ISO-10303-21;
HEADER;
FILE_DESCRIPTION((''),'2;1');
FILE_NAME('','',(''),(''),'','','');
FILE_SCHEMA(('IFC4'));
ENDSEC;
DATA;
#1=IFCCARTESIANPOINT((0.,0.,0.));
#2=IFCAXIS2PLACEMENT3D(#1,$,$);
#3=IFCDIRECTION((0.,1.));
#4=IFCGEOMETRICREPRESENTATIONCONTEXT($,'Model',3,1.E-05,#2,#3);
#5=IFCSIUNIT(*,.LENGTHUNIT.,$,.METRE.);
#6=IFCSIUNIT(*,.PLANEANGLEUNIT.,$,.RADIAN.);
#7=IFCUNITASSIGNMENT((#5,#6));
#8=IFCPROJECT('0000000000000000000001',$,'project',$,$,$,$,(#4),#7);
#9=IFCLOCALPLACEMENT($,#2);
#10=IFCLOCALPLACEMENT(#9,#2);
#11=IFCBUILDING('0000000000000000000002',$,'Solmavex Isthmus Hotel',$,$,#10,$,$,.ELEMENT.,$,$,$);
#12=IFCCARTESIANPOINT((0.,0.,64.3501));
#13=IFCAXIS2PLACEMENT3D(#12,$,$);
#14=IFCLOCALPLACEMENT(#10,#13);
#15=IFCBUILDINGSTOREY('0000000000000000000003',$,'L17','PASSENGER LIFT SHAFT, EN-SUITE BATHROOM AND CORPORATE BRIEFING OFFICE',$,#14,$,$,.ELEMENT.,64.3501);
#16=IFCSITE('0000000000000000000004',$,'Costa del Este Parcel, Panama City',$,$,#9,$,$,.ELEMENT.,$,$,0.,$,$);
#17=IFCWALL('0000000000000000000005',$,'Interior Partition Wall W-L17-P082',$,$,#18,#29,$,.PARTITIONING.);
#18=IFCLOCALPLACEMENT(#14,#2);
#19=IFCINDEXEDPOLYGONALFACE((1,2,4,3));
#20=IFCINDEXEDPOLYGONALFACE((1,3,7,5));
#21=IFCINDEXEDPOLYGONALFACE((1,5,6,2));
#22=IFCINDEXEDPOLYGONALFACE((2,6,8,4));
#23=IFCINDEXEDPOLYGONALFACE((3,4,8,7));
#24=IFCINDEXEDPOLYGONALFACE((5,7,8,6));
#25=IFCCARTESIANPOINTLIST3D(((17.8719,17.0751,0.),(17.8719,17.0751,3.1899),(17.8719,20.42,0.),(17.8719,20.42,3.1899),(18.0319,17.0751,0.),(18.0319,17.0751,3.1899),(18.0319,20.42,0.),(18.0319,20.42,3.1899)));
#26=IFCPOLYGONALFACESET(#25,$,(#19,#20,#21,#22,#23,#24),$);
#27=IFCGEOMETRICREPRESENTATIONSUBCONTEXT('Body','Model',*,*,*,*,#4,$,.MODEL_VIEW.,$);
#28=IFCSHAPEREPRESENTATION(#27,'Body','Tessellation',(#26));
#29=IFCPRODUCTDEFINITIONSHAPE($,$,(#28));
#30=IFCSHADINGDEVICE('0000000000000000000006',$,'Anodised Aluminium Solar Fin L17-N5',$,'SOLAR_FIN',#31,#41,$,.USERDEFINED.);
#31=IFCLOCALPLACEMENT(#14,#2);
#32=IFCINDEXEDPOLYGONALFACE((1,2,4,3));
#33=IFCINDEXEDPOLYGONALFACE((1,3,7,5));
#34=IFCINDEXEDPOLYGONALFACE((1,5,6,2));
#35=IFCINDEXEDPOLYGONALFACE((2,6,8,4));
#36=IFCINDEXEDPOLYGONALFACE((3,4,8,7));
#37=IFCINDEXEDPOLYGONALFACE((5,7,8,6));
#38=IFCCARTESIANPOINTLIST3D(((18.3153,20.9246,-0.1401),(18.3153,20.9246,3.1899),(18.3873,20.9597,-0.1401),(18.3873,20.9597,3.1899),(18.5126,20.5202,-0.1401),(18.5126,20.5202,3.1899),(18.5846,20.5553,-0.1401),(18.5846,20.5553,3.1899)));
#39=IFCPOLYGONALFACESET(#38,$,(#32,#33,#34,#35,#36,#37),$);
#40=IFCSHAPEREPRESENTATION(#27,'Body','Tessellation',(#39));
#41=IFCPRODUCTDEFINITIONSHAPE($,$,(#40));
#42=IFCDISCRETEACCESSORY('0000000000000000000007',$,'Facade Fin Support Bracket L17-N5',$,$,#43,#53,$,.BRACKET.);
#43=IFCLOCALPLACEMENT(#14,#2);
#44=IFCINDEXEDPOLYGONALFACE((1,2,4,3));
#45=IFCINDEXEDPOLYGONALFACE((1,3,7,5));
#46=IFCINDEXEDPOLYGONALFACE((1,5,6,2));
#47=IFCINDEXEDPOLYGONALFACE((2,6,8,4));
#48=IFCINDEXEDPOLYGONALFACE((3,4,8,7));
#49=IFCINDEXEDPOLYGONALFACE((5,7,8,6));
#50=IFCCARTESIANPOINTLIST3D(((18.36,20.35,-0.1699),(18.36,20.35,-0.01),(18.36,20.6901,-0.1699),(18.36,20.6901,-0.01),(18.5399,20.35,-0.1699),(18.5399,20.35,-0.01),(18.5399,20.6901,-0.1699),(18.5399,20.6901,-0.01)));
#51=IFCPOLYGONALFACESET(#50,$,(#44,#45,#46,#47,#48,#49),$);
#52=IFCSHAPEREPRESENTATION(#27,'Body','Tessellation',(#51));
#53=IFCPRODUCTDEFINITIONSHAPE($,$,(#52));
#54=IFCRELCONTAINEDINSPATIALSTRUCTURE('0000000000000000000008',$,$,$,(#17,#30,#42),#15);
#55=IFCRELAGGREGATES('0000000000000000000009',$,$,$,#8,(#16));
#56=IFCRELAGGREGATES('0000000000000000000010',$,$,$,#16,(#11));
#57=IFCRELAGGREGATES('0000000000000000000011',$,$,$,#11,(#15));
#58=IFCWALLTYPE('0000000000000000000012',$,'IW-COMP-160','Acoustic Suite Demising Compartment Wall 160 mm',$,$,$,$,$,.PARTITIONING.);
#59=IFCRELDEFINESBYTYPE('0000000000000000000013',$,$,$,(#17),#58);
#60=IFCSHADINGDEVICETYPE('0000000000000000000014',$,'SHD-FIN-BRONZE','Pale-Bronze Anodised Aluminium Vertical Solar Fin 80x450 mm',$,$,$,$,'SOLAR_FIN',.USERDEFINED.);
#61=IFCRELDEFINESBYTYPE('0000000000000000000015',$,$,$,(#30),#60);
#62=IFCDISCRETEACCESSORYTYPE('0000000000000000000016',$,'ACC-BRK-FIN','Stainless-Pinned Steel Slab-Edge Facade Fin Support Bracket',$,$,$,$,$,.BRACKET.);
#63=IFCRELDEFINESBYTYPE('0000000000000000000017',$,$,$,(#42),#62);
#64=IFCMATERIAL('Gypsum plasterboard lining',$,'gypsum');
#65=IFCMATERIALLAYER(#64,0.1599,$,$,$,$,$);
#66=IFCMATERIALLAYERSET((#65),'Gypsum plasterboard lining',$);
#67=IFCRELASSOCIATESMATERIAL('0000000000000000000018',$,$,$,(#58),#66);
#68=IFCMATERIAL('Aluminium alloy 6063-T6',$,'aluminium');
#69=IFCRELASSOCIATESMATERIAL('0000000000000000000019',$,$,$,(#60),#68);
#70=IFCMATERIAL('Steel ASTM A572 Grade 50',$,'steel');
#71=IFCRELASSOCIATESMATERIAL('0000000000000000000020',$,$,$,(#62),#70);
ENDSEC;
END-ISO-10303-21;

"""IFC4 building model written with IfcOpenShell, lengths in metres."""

from ifc_helpers import new_model, si_unit, direction, frame, frame_2d, origin, origin_2d, place, context, subcontext, project, spatial, rectangle, extrude, material, layer, layer_set, type_object, element, save


model = new_model("IFC4")

# Units and contexts
model_context = context("Model", 3, precision=1e-05, world=origin(), true_north=direction((0.0, 1.0)))
body_context = subcontext(model_context, "Body", "Model", "MODEL_VIEW")
ifc_project = project(units=[si_unit("LENGTHUNIT", "METRE"), si_unit("PLANEANGLEUNIT", "RADIAN")], contexts=[model_context])

# Site, building, storey
site_placement = place(None, origin())
site = spatial("IfcSite", under=ifc_project, at=site_placement, Name="Costa del Este Parcel, Panama City", CompositionType="ELEMENT", RefElevation=0.0)
building_placement = place(site_placement, origin())
building = spatial("IfcBuilding", under=site, at=building_placement, Name="Solmavex Isthmus Hotel", CompositionType="ELEMENT")
storey_placement = place(building_placement, frame((0.0, 0.0, 64.3501)))
storey = spatial("IfcBuildingStorey", under=building, at=storey_placement, Name="L17", Description="PASSENGER LIFT SHAFT, EN-SUITE BATHROOM AND CORPORATE BRIEFING OFFICE", CompositionType="ELEMENT", Elevation=64.3501)

# Shared definitions
ifc_material_1 = material(Name="Aluminium alloy 6063-T6", Category="aluminium")

# Wall
ifc_material_2 = material(Name="Gypsum plasterboard lining", Category="gypsum")
ifc_layer_1 = layer(ifc_material_2, 0.1599)
ifc_layer_set_1 = layer_set([ifc_layer_1], Name="Gypsum plasterboard lining")
wall_type_1 = type_object("IfcWallType", Name="IW-COMP-160", Description="Acoustic Suite Demising Compartment Wall 160 mm", PredefinedType="PARTITIONING", material=ifc_layer_set_1)
wall_1_placement = place(storey_placement, frame((17.9519, 20.4199, 0.0), z_axis=(0.0, 0.0, 1.0), x_axis=(0.0, -1.0, 0.0)))
element("IfcWall", 1, at=wall_1_placement, inside=storey, type_object=wall_type_1, Name="Interior Partition Wall W-L17-P082", PredefinedType="PARTITIONING", context=body_context, shape_type="SweptSolid", body=[
    extrude(rectangle(XDim=3.345, YDim=0.1599, at=frame_2d((1.6724, 0.0))), origin(), (0.0, 0.0, 1.0), 3.1899),
])

# Shading device
shading_device_type = type_object("IfcShadingDeviceType", Name="SHD-FIN-BRONZE", Description="Pale-Bronze Anodised Aluminium Vertical Solar Fin 80x450 mm", ElementType="SOLAR_FIN", PredefinedType="USERDEFINED", material=ifc_material_1)
shading_device_placement = place(storey_placement, frame((18.45, 20.74, -0.1401), z_axis=(0.0, 0.0, 1.0), x_axis=(-0.438371, 0.898794, 0.0)))
element("IfcShadingDevice", 2, at=shading_device_placement, inside=storey, type_object=shading_device_type, Name="Anodised Aluminium Solar Fin L17-N5", ObjectType="SOLAR_FIN", PredefinedType="USERDEFINED", context=body_context, shape_type="SweptSolid", body=[
    extrude(rectangle(XDim=0.45, YDim=0.0801, at=origin_2d()), origin(), (0.0, 0.0, 1.0), 3.3301),
])

# Discrete accessory
ifc_material_3 = material(Name="Steel ASTM A572 Grade 50", Category="steel")
discrete_accessory_type = type_object("IfcDiscreteAccessoryType", Name="ACC-BRK-FIN", Description="Stainless-Pinned Steel Slab-Edge Facade Fin Support Bracket", PredefinedType="BRACKET", material=ifc_material_3)
discrete_accessory_placement = place(storey_placement, frame((18.45, 20.52, -0.1699), z_axis=(0.0, 0.0, 1.0), x_axis=(0.0, 1.0, 0.0)))
element("IfcDiscreteAccessory", 3, at=discrete_accessory_placement, inside=storey, type_object=discrete_accessory_type, Name="Facade Fin Support Bracket L17-N5", PredefinedType="BRACKET", context=body_context, shape_type="SweptSolid", body=[
    extrude(rectangle(XDim=0.3401, YDim=0.1799, at=origin_2d()), origin(), (0.0, 0.0, 1.0), 0.1599),
])

save(model, "model.ifc")
